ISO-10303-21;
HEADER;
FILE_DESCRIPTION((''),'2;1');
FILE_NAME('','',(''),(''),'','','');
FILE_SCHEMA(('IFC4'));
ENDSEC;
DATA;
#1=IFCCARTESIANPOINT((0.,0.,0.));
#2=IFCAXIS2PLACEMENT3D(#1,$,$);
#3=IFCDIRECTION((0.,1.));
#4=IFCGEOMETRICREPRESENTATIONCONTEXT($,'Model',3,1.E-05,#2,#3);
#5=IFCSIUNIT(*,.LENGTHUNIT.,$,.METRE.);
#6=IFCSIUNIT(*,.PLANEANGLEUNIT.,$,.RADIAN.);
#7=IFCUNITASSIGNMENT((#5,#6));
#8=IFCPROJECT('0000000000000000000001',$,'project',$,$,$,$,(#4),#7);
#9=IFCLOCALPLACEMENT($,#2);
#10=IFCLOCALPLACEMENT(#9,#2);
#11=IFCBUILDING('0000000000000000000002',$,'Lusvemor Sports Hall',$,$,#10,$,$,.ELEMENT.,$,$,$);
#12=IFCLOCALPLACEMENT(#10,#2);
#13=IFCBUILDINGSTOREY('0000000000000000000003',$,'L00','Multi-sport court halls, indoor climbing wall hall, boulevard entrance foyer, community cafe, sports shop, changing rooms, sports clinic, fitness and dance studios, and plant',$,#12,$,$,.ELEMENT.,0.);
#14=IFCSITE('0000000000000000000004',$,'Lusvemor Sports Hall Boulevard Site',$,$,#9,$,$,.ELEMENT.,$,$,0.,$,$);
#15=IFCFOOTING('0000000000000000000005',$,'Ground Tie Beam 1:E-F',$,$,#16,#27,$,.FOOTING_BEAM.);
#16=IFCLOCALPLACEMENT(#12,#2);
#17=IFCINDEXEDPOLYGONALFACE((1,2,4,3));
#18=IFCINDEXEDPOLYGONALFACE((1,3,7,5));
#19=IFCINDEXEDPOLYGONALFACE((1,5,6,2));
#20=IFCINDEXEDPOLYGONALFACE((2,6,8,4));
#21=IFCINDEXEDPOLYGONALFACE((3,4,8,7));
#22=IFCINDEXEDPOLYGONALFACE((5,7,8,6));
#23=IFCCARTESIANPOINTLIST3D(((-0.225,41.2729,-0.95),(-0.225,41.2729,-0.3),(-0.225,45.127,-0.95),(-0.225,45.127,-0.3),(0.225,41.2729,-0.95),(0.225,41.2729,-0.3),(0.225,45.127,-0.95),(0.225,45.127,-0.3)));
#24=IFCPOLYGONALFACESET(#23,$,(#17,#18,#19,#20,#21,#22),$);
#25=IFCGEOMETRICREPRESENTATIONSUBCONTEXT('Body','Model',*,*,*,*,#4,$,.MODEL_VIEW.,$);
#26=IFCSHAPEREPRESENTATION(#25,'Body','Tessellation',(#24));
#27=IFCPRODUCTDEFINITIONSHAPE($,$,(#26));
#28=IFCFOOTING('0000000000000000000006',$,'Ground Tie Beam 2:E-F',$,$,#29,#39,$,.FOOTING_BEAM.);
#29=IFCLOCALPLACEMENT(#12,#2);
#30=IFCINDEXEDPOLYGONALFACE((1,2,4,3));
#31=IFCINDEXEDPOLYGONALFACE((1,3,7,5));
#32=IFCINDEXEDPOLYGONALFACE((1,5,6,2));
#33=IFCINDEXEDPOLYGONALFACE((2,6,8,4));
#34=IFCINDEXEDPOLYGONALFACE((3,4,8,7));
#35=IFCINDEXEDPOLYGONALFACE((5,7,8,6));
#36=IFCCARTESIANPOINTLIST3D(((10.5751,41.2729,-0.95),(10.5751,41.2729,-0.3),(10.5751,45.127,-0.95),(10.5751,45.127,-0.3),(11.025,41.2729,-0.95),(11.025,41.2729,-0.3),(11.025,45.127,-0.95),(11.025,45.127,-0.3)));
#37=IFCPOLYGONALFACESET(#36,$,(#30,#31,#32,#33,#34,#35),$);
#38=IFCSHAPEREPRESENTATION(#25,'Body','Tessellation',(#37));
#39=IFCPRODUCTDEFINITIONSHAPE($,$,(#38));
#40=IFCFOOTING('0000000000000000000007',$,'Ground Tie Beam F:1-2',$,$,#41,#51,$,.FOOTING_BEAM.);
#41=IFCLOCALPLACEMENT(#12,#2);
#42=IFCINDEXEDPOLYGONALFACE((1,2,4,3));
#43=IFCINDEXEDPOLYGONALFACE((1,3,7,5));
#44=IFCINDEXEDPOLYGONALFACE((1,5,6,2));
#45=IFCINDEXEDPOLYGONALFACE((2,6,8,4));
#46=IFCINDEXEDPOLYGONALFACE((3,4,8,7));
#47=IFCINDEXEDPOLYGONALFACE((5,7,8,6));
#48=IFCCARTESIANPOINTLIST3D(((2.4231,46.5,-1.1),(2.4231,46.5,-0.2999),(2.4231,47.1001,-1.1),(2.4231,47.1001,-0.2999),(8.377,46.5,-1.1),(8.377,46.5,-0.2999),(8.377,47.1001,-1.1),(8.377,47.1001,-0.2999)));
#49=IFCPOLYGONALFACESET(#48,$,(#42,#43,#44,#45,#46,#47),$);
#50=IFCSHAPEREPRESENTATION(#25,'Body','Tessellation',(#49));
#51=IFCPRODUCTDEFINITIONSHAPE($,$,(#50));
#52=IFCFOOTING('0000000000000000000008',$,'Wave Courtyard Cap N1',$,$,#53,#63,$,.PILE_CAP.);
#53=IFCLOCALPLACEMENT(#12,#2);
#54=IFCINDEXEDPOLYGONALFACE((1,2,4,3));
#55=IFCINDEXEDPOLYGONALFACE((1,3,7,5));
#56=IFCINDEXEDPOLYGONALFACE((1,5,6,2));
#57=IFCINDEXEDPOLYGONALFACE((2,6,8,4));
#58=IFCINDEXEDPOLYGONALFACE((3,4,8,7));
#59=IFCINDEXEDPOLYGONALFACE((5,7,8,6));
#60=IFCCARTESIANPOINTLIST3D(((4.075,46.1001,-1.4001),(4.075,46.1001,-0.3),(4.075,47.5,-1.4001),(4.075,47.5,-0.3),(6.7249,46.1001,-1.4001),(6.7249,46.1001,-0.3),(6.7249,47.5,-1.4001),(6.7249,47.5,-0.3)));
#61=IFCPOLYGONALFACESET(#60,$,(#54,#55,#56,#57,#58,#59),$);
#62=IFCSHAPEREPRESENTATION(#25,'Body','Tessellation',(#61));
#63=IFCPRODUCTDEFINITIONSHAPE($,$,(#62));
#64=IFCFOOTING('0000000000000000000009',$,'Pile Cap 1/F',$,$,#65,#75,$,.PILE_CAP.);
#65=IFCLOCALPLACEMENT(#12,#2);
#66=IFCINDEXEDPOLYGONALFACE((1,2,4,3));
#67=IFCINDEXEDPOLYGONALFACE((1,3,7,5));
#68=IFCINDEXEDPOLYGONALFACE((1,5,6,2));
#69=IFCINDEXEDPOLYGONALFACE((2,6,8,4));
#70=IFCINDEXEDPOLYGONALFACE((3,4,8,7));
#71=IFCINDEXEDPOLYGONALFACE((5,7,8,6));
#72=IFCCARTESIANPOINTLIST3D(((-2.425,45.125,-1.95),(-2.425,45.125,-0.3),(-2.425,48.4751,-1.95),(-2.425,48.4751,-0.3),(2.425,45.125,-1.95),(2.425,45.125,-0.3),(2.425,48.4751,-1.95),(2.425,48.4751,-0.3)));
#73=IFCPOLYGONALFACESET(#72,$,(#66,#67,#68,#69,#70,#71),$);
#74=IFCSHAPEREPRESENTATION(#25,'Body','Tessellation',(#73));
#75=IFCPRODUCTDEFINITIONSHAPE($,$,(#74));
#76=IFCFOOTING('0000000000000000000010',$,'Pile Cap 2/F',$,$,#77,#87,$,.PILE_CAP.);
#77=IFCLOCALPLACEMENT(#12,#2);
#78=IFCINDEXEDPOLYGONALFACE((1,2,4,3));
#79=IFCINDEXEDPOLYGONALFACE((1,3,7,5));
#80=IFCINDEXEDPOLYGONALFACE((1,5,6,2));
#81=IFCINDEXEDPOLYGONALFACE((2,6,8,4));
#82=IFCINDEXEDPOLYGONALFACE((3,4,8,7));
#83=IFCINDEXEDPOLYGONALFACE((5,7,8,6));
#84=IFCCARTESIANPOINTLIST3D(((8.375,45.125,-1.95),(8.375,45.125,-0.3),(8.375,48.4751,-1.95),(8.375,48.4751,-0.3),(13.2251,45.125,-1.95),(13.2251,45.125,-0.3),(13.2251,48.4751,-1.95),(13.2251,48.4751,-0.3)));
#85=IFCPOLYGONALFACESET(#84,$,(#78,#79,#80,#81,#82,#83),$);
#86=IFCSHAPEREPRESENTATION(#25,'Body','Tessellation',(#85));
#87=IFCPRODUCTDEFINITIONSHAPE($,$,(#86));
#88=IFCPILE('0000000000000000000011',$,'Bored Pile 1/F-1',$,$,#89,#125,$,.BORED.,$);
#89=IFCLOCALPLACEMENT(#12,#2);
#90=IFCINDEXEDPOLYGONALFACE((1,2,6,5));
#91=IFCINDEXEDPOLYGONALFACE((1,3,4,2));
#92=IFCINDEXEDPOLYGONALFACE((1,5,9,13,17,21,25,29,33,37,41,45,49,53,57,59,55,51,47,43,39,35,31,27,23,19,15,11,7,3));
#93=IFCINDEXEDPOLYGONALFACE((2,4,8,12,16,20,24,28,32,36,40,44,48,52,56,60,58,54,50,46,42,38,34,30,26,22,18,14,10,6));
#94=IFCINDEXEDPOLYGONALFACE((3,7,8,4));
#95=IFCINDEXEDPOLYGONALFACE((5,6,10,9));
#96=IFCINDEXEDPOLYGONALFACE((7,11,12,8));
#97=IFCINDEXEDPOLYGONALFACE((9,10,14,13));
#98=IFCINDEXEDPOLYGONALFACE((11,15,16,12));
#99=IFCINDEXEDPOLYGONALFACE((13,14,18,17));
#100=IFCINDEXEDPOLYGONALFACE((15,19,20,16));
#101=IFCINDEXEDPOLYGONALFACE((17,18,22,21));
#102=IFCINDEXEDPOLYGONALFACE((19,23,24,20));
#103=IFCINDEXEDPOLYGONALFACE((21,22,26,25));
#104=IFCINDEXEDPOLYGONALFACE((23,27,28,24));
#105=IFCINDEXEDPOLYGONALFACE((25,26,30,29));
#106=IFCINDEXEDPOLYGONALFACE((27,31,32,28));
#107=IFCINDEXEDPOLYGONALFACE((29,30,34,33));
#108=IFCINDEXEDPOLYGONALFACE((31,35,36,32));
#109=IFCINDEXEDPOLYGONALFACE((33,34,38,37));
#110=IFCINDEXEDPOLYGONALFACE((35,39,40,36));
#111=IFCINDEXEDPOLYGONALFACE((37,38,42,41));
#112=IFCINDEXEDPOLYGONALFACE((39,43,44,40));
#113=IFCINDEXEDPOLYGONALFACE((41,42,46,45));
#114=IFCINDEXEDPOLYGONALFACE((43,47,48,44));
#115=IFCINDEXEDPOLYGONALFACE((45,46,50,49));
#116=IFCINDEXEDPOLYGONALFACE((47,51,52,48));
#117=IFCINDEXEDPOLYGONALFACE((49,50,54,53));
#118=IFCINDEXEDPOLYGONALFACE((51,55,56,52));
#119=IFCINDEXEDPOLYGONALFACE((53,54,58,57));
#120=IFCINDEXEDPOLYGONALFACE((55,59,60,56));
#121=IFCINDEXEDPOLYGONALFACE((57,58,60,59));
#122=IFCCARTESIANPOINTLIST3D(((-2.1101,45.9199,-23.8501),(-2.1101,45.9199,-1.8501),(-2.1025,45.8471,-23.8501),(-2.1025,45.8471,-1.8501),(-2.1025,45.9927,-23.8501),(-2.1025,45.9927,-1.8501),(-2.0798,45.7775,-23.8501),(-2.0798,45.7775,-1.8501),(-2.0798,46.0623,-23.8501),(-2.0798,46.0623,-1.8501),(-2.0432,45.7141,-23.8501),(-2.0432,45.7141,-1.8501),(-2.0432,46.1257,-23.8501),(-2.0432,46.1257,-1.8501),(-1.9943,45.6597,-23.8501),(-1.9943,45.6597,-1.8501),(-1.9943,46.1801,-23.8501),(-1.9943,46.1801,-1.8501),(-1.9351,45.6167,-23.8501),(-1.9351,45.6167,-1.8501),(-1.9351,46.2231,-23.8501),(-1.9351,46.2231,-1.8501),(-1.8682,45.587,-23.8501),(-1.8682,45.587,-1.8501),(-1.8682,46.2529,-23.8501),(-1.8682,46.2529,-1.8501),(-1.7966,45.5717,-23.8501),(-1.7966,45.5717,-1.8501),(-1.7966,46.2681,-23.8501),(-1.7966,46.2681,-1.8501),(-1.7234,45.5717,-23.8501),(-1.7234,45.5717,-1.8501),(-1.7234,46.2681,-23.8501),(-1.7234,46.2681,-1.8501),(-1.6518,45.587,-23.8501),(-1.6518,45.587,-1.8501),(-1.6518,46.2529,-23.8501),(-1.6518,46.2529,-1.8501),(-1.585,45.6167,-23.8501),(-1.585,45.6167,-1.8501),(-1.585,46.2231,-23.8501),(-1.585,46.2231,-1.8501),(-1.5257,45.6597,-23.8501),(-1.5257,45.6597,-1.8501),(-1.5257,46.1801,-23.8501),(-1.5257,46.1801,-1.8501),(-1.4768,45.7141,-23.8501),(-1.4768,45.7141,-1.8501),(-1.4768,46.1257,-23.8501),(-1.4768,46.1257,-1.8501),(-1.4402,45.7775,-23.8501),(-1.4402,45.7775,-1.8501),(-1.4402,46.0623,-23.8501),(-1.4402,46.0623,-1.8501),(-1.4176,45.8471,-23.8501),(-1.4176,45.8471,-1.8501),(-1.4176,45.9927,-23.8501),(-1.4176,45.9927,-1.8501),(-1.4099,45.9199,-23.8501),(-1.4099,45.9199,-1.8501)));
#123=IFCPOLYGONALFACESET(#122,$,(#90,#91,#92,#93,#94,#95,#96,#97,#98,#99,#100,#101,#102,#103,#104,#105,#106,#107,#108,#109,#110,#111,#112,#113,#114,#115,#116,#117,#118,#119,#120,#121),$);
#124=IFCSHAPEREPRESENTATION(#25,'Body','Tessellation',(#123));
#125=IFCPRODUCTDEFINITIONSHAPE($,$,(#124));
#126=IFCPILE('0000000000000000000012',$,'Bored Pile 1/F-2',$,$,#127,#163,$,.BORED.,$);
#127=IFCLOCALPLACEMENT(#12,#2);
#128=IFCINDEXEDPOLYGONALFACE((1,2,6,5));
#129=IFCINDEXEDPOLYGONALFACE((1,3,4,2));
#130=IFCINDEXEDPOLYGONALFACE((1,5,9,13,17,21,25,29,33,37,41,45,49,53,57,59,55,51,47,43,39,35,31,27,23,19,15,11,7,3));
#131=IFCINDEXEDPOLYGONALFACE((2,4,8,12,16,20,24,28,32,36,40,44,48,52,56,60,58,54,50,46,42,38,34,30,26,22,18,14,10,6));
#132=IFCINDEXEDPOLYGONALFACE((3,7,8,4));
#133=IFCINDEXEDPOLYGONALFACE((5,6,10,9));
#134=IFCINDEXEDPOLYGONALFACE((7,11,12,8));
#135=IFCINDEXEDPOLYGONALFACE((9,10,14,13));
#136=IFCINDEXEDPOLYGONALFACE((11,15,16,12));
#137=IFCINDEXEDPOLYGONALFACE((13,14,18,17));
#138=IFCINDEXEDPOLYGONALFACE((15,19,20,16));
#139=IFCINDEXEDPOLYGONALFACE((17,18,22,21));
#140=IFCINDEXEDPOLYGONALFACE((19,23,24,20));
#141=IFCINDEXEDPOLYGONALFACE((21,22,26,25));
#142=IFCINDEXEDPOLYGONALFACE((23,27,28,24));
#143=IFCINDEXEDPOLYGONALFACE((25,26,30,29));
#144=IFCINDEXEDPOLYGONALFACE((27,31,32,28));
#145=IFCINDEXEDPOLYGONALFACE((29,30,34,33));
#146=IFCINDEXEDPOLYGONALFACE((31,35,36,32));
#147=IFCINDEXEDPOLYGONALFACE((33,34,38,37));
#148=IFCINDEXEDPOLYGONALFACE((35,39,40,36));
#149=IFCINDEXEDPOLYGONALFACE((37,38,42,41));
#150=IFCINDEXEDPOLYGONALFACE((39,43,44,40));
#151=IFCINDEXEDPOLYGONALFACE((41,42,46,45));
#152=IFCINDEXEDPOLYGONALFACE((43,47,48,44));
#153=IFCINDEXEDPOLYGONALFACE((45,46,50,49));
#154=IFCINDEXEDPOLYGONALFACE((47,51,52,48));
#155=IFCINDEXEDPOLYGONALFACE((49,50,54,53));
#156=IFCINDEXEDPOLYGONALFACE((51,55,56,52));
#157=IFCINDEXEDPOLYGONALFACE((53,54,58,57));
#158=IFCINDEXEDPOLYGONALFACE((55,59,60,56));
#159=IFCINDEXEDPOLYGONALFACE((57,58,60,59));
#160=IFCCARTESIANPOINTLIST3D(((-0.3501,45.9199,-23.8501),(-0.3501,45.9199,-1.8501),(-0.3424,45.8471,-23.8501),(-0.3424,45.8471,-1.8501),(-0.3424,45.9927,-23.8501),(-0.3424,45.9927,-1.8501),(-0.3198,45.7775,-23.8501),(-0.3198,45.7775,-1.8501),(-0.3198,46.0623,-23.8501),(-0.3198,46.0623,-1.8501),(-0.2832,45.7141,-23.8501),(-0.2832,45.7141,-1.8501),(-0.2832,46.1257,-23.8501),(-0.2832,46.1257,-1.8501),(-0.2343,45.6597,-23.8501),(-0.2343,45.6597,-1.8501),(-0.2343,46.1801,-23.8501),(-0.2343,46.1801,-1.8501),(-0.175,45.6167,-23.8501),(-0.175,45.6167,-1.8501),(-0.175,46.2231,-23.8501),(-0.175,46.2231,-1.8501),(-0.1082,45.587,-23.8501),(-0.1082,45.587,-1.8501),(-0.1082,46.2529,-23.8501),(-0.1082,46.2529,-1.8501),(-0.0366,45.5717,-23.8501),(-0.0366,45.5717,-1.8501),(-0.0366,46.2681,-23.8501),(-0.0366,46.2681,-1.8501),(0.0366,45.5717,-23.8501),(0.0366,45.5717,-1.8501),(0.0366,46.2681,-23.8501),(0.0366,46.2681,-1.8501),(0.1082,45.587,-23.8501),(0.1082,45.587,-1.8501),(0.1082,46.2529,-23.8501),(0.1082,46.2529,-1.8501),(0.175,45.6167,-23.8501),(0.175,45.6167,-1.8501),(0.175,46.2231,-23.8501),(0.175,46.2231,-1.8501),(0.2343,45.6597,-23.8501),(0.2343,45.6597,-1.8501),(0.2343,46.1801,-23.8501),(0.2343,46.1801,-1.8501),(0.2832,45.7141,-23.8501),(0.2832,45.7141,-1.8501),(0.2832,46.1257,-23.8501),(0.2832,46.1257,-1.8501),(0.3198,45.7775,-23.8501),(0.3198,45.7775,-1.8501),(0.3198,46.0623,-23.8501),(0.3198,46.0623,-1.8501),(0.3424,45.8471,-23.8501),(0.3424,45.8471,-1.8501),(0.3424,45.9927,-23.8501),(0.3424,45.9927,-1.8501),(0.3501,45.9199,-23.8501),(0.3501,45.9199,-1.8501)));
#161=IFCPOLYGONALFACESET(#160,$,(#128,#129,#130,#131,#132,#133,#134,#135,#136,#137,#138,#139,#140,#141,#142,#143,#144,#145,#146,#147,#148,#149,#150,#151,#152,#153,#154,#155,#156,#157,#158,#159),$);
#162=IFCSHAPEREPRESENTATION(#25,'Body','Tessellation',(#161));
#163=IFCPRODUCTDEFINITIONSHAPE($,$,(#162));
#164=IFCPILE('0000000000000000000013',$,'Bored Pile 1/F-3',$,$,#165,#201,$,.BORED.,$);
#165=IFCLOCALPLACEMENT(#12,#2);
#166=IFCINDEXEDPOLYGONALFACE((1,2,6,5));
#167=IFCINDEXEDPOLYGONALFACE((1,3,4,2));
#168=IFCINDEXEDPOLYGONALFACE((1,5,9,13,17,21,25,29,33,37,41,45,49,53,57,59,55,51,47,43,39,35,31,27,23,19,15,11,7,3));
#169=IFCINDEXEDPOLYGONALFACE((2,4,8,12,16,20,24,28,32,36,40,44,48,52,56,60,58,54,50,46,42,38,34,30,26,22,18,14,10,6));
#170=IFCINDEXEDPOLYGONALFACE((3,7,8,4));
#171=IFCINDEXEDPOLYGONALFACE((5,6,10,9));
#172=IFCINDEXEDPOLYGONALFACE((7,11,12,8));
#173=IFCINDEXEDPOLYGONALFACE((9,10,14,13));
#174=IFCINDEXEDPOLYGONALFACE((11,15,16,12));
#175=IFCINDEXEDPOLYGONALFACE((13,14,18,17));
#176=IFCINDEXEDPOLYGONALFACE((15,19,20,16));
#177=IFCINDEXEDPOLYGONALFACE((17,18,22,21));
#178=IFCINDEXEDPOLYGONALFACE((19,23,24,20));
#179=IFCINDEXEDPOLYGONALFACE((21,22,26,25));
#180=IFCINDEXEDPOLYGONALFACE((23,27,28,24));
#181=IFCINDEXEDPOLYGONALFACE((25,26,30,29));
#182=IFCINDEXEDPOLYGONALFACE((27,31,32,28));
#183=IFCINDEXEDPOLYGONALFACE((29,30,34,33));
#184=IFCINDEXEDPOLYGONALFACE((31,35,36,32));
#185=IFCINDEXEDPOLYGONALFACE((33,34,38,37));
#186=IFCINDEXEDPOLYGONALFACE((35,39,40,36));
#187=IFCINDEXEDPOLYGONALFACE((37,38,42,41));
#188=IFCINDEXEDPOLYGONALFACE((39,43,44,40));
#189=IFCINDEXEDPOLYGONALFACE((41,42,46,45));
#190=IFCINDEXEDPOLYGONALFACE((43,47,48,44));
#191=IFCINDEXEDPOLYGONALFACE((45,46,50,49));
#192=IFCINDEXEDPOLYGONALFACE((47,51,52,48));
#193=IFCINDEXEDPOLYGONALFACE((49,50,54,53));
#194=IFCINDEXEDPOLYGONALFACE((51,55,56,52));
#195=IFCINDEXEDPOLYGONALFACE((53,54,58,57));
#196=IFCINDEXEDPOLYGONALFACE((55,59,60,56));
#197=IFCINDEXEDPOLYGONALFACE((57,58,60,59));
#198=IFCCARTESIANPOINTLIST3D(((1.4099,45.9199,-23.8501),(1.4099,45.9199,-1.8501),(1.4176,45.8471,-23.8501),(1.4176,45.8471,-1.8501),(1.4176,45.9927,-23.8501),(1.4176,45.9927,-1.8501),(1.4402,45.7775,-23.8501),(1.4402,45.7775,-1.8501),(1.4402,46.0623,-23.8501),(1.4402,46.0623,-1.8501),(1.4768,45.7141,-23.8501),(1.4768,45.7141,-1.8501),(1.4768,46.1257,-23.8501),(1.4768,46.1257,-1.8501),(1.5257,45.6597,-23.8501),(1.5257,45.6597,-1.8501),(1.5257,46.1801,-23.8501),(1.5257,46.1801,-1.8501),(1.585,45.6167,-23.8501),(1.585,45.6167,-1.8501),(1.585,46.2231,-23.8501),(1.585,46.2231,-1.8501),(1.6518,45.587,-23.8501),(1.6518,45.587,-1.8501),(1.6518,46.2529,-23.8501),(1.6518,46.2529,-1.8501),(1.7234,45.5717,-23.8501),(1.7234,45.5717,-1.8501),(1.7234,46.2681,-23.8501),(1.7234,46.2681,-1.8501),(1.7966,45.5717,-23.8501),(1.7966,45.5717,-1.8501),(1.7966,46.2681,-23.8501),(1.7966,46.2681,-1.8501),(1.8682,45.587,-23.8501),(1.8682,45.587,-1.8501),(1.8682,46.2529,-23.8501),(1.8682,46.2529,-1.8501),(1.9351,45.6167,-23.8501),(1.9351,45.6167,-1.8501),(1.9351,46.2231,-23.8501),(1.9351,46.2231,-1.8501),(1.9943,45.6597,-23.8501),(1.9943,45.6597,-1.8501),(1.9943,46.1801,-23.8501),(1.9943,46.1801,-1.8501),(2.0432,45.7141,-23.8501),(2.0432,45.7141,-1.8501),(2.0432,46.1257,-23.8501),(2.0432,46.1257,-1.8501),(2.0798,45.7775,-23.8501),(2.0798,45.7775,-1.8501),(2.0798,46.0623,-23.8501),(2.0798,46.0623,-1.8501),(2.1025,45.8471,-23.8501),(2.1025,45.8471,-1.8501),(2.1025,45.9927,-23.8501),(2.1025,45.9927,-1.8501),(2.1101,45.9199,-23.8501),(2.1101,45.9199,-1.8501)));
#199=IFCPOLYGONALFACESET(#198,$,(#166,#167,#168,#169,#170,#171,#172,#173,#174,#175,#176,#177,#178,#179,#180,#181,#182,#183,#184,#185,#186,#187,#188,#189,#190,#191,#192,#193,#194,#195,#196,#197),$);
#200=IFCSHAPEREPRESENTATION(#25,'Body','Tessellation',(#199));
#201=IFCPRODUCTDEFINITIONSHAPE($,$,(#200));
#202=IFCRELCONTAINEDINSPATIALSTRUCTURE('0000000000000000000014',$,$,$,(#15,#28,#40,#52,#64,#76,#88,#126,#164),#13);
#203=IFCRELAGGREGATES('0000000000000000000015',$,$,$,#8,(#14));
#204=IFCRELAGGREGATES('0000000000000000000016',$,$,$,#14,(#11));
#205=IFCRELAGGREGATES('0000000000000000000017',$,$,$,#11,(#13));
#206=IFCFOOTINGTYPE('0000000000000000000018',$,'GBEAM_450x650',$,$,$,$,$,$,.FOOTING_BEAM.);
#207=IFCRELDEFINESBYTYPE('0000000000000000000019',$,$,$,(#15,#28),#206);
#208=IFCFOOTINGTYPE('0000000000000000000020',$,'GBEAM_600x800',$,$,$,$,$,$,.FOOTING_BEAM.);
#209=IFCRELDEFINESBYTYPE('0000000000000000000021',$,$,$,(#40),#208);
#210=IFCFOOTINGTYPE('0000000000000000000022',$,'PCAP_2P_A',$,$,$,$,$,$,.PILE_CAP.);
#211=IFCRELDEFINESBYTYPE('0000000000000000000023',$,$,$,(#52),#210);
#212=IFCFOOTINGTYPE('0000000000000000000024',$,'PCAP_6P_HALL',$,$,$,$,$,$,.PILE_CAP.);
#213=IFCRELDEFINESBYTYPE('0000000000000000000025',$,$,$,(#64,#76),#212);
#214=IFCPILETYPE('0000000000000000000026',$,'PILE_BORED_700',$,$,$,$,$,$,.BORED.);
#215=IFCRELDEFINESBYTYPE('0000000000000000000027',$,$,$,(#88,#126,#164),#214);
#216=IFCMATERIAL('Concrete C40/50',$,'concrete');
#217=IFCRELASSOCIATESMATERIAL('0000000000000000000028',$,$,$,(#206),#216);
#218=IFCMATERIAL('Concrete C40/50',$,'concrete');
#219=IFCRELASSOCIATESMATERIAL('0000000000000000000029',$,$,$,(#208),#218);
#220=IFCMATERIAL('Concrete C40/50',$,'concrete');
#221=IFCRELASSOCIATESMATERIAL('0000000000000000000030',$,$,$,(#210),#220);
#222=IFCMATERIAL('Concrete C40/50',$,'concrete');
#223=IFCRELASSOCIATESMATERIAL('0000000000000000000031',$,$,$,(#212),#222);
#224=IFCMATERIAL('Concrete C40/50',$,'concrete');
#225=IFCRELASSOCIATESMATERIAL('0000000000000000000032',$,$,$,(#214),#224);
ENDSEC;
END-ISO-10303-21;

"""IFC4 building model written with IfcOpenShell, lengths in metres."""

from ifc_helpers import new_model, si_unit, direction, frame, origin, origin_2d, place, context, subcontext, project, spatial, rectangle, circle, extrude, material, material_profile, profile_set, type_object, element, save


model = new_model("IFC4")

# Units and contexts
model_context = context("Model", 3, precision=1e-05, world=origin(), true_north=direction((0.0, 1.0)))
body_context = subcontext(model_context, "Body", "Model", "MODEL_VIEW")
ifc_project = project(units=[si_unit("LENGTHUNIT", "METRE"), si_unit("PLANEANGLEUNIT", "RADIAN")], contexts=[model_context])

# Site, building, storey
site_placement = place(None, origin())
site = spatial("IfcSite", under=ifc_project, at=site_placement, Name="Lusvemor Sports Hall Boulevard Site", CompositionType="ELEMENT", RefElevation=0.0)
building_placement = place(site_placement, origin())
building = spatial("IfcBuilding", under=site, at=building_placement, Name="Lusvemor Sports Hall", CompositionType="ELEMENT")
storey_placement = place(building_placement, origin())
storey = spatial("IfcBuildingStorey", under=building, at=storey_placement, Name="L00", Description="Multi-sport court halls, indoor climbing wall hall, boulevard entrance foyer, community cafe, sports shop, changing rooms, sports clinic, fitness and dance studios, and plant", CompositionType="ELEMENT", Elevation=0.0)

# Footings
ifc_material_1 = material(Name="Concrete C40/50", Category="concrete")
ifc_material_profile_1 = material_profile(ifc_material_1, rectangle(XDim=0.45, YDim=0.6499, at=origin_2d()), Name="GB_450x650")
ifc_profile_set_1 = profile_set([ifc_material_profile_1], Name="Concrete C40/50")
footing_type_1 = type_object("IfcFootingType", Name="GBEAM_450x650", PredefinedType="FOOTING_BEAM", material=ifc_profile_set_1)
for number, where, z_axis, x_axis, name in (
    (1, (0.0, 41.2729, -0.625), (0.0, 1.0, 0.0), (-1.0, 0.0, 0.0), "Ground Tie Beam 1:E-F"),
    (2, (10.8, 41.2729, -0.625), (0.0, 1.0, 0.0), (-1.0, 0.0, 0.0), "Ground Tie Beam 2:E-F"),
):
    element("IfcFooting", number, at=place(storey_placement, frame(where, z_axis=z_axis, x_axis=x_axis)), inside=storey, type_object=footing_type_1, Name=name, PredefinedType="FOOTING_BEAM", context=body_context, shape_type="SweptSolid", body=[
        extrude(rectangle(XDim=0.45, YDim=0.6499, at=origin_2d()), origin(), (0.0, 0.0, 1.0), 3.854),
    ])
ifc_material_2 = material(Name="Concrete C40/50", Category="concrete")
ifc_material_profile_2 = material_profile(ifc_material_2, rectangle(XDim=0.6001, YDim=0.8, at=origin_2d()), Name="GB_600x800")
ifc_profile_set_2 = profile_set([ifc_material_profile_2], Name="Concrete C40/50")
footing_type_2 = type_object("IfcFootingType", Name="GBEAM_600x800", PredefinedType="FOOTING_BEAM", material=ifc_profile_set_2)
footing_1_placement = place(storey_placement, frame((2.4231, 46.8, -0.7), z_axis=(1.0, 0.0, 0.0), x_axis=(0.0, 1.0, 0.0)))
element("IfcFooting", 3, at=footing_1_placement, inside=storey, type_object=footing_type_2, Name="Ground Tie Beam F:1-2", PredefinedType="FOOTING_BEAM", context=body_context, shape_type="SweptSolid", body=[
    extrude(rectangle(XDim=0.6001, YDim=0.8, at=origin_2d()), origin(), (0.0, 0.0, 1.0), 5.9539),
])
ifc_material_3 = material(Name="Concrete C40/50", Category="concrete")
footing_type_3 = type_object("IfcFootingType", Name="PCAP_2P_A", PredefinedType="PILE_CAP", material=ifc_material_3)
footing_2_placement = place(storey_placement, frame((5.3999, 46.8, -1.4001), z_axis=(0.0, 0.0, 1.0), x_axis=(1.0, 0.0, 0.0)))
element("IfcFooting", 4, at=footing_2_placement, inside=storey, type_object=footing_type_3, Name="Wave Courtyard Cap N1", PredefinedType="PILE_CAP", context=body_context, shape_type="SweptSolid", body=[
    extrude(rectangle(XDim=2.6499, YDim=1.3999, at=origin_2d()), origin(), (0.0, 0.0, 1.0), 1.1001),
])
ifc_material_4 = material(Name="Concrete C40/50", Category="concrete")
footing_type_4 = type_object("IfcFootingType", Name="PCAP_6P_HALL", PredefinedType="PILE_CAP", material=ifc_material_4)
for number, where, z_axis, x_axis, name in (
    (5, (0.0, 46.8, -1.95), (0.0, 0.0, 1.0), (1.0, 0.0, 0.0), "Pile Cap 1/F"),
    (6, (10.8, 46.8, -1.95), (0.0, 0.0, 1.0), (1.0, 0.0, 0.0), "Pile Cap 2/F"),
):
    element("IfcFooting", number, at=place(storey_placement, frame(where, z_axis=z_axis, x_axis=x_axis)), inside=storey, type_object=footing_type_4, Name=name, PredefinedType="PILE_CAP", context=body_context, shape_type="SweptSolid", body=[
        extrude(rectangle(XDim=4.8501, YDim=3.3501, at=origin_2d()), origin(), (0.0, 0.0, 1.0), 1.6499),
    ])

# Piles
ifc_material_5 = material(Name="Concrete C40/50", Category="concrete")
ifc_material_profile_3 = material_profile(ifc_material_5, circle(Radius=0.3501, at=origin_2d()), Name="PILE700")
ifc_profile_set_3 = profile_set([ifc_material_profile_3], Name="Concrete C40/50")
pile_type = type_object("IfcPileType", Name="PILE_BORED_700", PredefinedType="BORED", material=ifc_profile_set_3)
for number, where, z_axis, x_axis, name in (
    (7, (-1.76, 45.9199, -1.8501), (0.0, 0.0, -1.0), (1.0, 0.0, 0.0), "Bored Pile 1/F-1"),
    (8, (0.0, 45.9199, -1.8501), (0.0, 0.0, -1.0), (1.0, 0.0, 0.0), "Bored Pile 1/F-2"),
    (9, (1.76, 45.9199, -1.8501), (0.0, 0.0, -1.0), (1.0, 0.0, 0.0), "Bored Pile 1/F-3"),
):
    element("IfcPile", number, at=place(storey_placement, frame(where, z_axis=z_axis, x_axis=x_axis)), inside=storey, type_object=pile_type, Name=name, PredefinedType="BORED", context=body_context, shape_type="SweptSolid", body=[
        extrude(circle(Radius=0.3501, at=origin_2d()), origin(), (0.0, 0.0, 1.0), 22.0),
    ])

save(model, "model.ifc")
